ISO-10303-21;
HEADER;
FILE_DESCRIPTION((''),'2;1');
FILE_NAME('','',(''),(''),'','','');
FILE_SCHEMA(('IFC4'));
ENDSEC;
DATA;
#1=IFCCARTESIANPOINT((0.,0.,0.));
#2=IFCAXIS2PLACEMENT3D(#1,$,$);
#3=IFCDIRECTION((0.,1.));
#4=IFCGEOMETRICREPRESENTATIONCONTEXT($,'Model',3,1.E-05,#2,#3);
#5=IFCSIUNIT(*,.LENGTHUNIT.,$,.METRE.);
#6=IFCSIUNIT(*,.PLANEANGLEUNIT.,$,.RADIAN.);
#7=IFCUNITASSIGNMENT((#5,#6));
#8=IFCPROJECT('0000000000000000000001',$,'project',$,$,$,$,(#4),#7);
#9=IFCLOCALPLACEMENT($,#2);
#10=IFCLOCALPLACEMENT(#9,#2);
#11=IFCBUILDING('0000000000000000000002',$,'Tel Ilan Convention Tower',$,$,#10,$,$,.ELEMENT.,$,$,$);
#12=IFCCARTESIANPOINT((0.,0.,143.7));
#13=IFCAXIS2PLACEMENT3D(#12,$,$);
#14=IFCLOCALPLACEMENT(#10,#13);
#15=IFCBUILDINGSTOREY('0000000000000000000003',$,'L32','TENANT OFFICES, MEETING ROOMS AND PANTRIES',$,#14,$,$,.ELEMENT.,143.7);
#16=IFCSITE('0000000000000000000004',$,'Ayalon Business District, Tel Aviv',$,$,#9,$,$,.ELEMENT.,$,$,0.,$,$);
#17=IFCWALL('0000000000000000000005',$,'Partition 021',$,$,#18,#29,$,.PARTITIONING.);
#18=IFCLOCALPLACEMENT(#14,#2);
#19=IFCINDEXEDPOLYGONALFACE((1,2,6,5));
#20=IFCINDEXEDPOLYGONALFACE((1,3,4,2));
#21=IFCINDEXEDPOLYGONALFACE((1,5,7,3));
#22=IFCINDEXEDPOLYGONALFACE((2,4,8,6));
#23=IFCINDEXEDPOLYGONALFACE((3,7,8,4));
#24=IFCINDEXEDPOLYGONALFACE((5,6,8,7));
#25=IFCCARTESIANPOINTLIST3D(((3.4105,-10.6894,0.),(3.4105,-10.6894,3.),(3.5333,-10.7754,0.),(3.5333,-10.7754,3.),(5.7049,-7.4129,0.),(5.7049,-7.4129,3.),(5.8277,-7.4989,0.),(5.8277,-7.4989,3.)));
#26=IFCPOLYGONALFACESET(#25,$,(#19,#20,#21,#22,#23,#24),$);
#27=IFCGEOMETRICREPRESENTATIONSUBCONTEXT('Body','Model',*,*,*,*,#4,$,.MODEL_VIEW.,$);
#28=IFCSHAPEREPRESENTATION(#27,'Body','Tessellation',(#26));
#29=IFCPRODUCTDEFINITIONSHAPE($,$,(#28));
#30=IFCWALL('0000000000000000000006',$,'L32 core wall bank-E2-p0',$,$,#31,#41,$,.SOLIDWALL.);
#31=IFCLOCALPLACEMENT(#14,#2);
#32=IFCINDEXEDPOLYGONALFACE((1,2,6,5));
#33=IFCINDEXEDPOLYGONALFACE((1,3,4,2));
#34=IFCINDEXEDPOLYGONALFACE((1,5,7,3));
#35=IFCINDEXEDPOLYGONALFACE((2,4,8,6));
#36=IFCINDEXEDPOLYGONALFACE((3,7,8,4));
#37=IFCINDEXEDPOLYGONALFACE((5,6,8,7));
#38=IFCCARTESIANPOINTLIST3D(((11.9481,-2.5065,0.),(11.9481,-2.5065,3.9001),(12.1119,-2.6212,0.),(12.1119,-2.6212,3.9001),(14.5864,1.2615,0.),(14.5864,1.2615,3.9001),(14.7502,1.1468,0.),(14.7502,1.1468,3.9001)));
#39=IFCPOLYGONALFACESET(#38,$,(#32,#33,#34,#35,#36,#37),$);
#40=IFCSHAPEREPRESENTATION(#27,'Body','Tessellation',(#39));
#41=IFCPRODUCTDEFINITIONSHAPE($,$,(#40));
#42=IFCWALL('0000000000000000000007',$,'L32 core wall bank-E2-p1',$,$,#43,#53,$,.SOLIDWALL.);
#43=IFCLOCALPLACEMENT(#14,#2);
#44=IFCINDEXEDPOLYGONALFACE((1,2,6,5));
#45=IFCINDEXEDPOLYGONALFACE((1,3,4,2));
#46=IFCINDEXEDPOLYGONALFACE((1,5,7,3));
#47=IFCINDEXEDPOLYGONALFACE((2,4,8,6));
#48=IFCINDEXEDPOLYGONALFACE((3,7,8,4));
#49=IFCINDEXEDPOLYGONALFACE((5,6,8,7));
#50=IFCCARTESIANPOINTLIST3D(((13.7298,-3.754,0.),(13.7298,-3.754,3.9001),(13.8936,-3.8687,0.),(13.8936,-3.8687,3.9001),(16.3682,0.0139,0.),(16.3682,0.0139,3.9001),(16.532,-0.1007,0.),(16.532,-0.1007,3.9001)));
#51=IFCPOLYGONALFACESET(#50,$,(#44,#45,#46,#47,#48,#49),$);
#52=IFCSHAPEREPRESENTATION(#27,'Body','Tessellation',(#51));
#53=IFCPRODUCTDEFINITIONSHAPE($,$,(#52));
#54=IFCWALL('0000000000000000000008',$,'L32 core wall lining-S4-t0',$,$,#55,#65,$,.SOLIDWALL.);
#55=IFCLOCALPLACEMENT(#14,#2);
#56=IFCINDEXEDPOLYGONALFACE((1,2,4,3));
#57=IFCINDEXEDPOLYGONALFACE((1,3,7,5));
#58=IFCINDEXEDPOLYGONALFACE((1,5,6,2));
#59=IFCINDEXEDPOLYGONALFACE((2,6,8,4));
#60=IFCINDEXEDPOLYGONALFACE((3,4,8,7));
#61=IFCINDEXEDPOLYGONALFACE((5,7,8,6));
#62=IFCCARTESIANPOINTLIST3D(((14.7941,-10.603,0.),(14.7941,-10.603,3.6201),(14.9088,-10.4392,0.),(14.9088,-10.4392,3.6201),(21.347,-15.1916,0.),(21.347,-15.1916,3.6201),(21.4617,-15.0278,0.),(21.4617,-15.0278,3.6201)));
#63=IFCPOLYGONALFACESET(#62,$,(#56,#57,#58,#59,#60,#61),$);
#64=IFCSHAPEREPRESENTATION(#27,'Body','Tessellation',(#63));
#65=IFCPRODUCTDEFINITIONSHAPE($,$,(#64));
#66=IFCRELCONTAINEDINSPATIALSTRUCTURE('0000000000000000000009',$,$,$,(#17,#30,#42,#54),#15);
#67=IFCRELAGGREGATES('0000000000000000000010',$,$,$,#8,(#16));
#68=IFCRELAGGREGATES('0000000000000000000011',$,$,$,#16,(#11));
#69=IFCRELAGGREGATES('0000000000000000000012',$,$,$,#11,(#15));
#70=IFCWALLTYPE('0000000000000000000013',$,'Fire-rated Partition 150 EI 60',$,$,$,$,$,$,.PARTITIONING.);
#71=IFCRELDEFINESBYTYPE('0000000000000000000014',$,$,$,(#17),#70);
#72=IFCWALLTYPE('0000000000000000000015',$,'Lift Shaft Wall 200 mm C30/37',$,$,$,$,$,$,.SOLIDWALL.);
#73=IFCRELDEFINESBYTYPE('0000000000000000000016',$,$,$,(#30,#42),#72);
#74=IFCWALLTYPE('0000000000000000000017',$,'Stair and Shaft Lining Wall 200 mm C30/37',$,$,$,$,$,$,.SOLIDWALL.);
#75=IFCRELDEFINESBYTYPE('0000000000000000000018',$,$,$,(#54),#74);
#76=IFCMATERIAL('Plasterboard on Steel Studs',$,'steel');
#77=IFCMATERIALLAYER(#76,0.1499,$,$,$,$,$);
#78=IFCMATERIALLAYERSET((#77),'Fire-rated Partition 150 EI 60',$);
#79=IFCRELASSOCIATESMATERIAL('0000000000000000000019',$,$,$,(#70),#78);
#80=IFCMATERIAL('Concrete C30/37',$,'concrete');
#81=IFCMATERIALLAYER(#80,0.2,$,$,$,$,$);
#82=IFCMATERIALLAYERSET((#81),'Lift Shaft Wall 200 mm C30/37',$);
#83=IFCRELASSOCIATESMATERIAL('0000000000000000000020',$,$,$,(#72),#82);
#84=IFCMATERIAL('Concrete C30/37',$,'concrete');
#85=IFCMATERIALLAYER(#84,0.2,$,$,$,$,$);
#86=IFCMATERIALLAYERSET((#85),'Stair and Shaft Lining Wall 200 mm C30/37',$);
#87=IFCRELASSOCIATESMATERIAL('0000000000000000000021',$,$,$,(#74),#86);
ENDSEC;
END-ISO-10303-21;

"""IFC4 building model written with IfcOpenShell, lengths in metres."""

from ifc_helpers import new_model, si_unit, direction, frame, frame_2d, origin, place, context, subcontext, project, spatial, rectangle, extrude, material, layer, layer_set, type_object, element, save


model = new_model("IFC4")

# Units and contexts
model_context = context("Model", 3, precision=1e-05, world=origin(), true_north=direction((0.0, 1.0)))
body_context = subcontext(model_context, "Body", "Model", "MODEL_VIEW")
ifc_project = project(units=[si_unit("LENGTHUNIT", "METRE"), si_unit("PLANEANGLEUNIT", "RADIAN")], contexts=[model_context])

# Site, building, storey
site_placement = place(None, origin())
site = spatial("IfcSite", under=ifc_project, at=site_placement, Name="Ayalon Business District, Tel Aviv", CompositionType="ELEMENT", RefElevation=0.0)
building_placement = place(site_placement, origin())
building = spatial("IfcBuilding", under=site, at=building_placement, Name="Tel Ilan Convention Tower", CompositionType="ELEMENT")
storey_placement = place(building_placement, frame((0.0, 0.0, 143.7)))
storey = spatial("IfcBuildingStorey", under=building, at=storey_placement, Name="L32", Description="TENANT OFFICES, MEETING ROOMS AND PANTRIES", CompositionType="ELEMENT", Elevation=143.7)

# Walls
ifc_material_1 = material(Name="Plasterboard on Steel Studs", Category="steel")
ifc_layer_1 = layer(ifc_material_1, 0.1499)
ifc_layer_set_1 = layer_set([ifc_layer_1], Name="Fire-rated Partition 150 EI 60")
wall_type_1 = type_object("IfcWallType", Name="Fire-rated Partition 150 EI 60", PredefinedType="PARTITIONING", material=ifc_layer_set_1)
wall_1_placement = place(storey_placement, frame((3.4719, -10.7324, 0.0), z_axis=(0.0, 0.0, 1.0), x_axis=(0.573598, 0.819137, 0.0)))
element("IfcWall", 1, at=wall_1_placement, inside=storey, type_object=wall_type_1, Name="Partition 021", PredefinedType="PARTITIONING", context=body_context, shape_type="SweptSolid", body=[
    extrude(rectangle(XDim=4.0, YDim=0.1499, at=frame_2d((2.0, 0.0))), origin(), (0.0, 0.0, 1.0), 3.0),
])
ifc_material_2 = material(Name="Concrete C30/37", Category="concrete")
ifc_layer_2 = layer(ifc_material_2, 0.2)
ifc_layer_set_2 = layer_set([ifc_layer_2], Name="Lift Shaft Wall 200 mm C30/37")
wall_type_2 = type_object("IfcWallType", Name="Lift Shaft Wall 200 mm C30/37", PredefinedType="SOLIDWALL", material=ifc_layer_set_2)
for number, where, z_axis, x_axis, name in (
    (2, (12.03, -2.5637, 0.0), (0.0, 0.0, 1.0), (0.573576, 0.819152, 0.0), "L32 core wall bank-E2-p0"),
    (3, (13.8118, -3.8113, 0.0), (0.0, 0.0, 1.0), (0.573576, 0.819152, 0.0), "L32 core wall bank-E2-p1"),
):
    element("IfcWall", number, at=place(storey_placement, frame(where, z_axis=z_axis, x_axis=x_axis)), inside=storey, type_object=wall_type_2, Name=name, PredefinedType="SOLIDWALL", context=body_context, shape_type="SweptSolid", body=[
        extrude(rectangle(XDim=4.5999, YDim=0.2, at=frame_2d((2.2998, 0.0))), origin(), (0.0, 0.0, 1.0), 3.9001),
    ])
ifc_material_3 = material(Name="Concrete C30/37", Category="concrete")
ifc_layer_3 = layer(ifc_material_3, 0.2)
ifc_layer_set_3 = layer_set([ifc_layer_3], Name="Stair and Shaft Lining Wall 200 mm C30/37")
wall_type_3 = type_object("IfcWallType", Name="Stair and Shaft Lining Wall 200 mm C30/37", PredefinedType="SOLIDWALL", material=ifc_layer_set_3)
wall_2_placement = place(storey_placement, frame((14.8513, -10.521, 0.0), z_axis=(0.0, 0.0, 1.0), x_axis=(0.819142, -0.573591, 0.0)))
element("IfcWall", 4, at=wall_2_placement, inside=storey, type_object=wall_type_3, Name="L32 core wall lining-S4-t0", PredefinedType="SOLIDWALL", context=body_context, shape_type="SweptSolid", body=[
    extrude(rectangle(XDim=7.9998, YDim=0.2, at=frame_2d((4.0, 0.0))), origin(), (0.0, 0.0, 1.0), 3.6201),
])

save(model, "model.ifc")
